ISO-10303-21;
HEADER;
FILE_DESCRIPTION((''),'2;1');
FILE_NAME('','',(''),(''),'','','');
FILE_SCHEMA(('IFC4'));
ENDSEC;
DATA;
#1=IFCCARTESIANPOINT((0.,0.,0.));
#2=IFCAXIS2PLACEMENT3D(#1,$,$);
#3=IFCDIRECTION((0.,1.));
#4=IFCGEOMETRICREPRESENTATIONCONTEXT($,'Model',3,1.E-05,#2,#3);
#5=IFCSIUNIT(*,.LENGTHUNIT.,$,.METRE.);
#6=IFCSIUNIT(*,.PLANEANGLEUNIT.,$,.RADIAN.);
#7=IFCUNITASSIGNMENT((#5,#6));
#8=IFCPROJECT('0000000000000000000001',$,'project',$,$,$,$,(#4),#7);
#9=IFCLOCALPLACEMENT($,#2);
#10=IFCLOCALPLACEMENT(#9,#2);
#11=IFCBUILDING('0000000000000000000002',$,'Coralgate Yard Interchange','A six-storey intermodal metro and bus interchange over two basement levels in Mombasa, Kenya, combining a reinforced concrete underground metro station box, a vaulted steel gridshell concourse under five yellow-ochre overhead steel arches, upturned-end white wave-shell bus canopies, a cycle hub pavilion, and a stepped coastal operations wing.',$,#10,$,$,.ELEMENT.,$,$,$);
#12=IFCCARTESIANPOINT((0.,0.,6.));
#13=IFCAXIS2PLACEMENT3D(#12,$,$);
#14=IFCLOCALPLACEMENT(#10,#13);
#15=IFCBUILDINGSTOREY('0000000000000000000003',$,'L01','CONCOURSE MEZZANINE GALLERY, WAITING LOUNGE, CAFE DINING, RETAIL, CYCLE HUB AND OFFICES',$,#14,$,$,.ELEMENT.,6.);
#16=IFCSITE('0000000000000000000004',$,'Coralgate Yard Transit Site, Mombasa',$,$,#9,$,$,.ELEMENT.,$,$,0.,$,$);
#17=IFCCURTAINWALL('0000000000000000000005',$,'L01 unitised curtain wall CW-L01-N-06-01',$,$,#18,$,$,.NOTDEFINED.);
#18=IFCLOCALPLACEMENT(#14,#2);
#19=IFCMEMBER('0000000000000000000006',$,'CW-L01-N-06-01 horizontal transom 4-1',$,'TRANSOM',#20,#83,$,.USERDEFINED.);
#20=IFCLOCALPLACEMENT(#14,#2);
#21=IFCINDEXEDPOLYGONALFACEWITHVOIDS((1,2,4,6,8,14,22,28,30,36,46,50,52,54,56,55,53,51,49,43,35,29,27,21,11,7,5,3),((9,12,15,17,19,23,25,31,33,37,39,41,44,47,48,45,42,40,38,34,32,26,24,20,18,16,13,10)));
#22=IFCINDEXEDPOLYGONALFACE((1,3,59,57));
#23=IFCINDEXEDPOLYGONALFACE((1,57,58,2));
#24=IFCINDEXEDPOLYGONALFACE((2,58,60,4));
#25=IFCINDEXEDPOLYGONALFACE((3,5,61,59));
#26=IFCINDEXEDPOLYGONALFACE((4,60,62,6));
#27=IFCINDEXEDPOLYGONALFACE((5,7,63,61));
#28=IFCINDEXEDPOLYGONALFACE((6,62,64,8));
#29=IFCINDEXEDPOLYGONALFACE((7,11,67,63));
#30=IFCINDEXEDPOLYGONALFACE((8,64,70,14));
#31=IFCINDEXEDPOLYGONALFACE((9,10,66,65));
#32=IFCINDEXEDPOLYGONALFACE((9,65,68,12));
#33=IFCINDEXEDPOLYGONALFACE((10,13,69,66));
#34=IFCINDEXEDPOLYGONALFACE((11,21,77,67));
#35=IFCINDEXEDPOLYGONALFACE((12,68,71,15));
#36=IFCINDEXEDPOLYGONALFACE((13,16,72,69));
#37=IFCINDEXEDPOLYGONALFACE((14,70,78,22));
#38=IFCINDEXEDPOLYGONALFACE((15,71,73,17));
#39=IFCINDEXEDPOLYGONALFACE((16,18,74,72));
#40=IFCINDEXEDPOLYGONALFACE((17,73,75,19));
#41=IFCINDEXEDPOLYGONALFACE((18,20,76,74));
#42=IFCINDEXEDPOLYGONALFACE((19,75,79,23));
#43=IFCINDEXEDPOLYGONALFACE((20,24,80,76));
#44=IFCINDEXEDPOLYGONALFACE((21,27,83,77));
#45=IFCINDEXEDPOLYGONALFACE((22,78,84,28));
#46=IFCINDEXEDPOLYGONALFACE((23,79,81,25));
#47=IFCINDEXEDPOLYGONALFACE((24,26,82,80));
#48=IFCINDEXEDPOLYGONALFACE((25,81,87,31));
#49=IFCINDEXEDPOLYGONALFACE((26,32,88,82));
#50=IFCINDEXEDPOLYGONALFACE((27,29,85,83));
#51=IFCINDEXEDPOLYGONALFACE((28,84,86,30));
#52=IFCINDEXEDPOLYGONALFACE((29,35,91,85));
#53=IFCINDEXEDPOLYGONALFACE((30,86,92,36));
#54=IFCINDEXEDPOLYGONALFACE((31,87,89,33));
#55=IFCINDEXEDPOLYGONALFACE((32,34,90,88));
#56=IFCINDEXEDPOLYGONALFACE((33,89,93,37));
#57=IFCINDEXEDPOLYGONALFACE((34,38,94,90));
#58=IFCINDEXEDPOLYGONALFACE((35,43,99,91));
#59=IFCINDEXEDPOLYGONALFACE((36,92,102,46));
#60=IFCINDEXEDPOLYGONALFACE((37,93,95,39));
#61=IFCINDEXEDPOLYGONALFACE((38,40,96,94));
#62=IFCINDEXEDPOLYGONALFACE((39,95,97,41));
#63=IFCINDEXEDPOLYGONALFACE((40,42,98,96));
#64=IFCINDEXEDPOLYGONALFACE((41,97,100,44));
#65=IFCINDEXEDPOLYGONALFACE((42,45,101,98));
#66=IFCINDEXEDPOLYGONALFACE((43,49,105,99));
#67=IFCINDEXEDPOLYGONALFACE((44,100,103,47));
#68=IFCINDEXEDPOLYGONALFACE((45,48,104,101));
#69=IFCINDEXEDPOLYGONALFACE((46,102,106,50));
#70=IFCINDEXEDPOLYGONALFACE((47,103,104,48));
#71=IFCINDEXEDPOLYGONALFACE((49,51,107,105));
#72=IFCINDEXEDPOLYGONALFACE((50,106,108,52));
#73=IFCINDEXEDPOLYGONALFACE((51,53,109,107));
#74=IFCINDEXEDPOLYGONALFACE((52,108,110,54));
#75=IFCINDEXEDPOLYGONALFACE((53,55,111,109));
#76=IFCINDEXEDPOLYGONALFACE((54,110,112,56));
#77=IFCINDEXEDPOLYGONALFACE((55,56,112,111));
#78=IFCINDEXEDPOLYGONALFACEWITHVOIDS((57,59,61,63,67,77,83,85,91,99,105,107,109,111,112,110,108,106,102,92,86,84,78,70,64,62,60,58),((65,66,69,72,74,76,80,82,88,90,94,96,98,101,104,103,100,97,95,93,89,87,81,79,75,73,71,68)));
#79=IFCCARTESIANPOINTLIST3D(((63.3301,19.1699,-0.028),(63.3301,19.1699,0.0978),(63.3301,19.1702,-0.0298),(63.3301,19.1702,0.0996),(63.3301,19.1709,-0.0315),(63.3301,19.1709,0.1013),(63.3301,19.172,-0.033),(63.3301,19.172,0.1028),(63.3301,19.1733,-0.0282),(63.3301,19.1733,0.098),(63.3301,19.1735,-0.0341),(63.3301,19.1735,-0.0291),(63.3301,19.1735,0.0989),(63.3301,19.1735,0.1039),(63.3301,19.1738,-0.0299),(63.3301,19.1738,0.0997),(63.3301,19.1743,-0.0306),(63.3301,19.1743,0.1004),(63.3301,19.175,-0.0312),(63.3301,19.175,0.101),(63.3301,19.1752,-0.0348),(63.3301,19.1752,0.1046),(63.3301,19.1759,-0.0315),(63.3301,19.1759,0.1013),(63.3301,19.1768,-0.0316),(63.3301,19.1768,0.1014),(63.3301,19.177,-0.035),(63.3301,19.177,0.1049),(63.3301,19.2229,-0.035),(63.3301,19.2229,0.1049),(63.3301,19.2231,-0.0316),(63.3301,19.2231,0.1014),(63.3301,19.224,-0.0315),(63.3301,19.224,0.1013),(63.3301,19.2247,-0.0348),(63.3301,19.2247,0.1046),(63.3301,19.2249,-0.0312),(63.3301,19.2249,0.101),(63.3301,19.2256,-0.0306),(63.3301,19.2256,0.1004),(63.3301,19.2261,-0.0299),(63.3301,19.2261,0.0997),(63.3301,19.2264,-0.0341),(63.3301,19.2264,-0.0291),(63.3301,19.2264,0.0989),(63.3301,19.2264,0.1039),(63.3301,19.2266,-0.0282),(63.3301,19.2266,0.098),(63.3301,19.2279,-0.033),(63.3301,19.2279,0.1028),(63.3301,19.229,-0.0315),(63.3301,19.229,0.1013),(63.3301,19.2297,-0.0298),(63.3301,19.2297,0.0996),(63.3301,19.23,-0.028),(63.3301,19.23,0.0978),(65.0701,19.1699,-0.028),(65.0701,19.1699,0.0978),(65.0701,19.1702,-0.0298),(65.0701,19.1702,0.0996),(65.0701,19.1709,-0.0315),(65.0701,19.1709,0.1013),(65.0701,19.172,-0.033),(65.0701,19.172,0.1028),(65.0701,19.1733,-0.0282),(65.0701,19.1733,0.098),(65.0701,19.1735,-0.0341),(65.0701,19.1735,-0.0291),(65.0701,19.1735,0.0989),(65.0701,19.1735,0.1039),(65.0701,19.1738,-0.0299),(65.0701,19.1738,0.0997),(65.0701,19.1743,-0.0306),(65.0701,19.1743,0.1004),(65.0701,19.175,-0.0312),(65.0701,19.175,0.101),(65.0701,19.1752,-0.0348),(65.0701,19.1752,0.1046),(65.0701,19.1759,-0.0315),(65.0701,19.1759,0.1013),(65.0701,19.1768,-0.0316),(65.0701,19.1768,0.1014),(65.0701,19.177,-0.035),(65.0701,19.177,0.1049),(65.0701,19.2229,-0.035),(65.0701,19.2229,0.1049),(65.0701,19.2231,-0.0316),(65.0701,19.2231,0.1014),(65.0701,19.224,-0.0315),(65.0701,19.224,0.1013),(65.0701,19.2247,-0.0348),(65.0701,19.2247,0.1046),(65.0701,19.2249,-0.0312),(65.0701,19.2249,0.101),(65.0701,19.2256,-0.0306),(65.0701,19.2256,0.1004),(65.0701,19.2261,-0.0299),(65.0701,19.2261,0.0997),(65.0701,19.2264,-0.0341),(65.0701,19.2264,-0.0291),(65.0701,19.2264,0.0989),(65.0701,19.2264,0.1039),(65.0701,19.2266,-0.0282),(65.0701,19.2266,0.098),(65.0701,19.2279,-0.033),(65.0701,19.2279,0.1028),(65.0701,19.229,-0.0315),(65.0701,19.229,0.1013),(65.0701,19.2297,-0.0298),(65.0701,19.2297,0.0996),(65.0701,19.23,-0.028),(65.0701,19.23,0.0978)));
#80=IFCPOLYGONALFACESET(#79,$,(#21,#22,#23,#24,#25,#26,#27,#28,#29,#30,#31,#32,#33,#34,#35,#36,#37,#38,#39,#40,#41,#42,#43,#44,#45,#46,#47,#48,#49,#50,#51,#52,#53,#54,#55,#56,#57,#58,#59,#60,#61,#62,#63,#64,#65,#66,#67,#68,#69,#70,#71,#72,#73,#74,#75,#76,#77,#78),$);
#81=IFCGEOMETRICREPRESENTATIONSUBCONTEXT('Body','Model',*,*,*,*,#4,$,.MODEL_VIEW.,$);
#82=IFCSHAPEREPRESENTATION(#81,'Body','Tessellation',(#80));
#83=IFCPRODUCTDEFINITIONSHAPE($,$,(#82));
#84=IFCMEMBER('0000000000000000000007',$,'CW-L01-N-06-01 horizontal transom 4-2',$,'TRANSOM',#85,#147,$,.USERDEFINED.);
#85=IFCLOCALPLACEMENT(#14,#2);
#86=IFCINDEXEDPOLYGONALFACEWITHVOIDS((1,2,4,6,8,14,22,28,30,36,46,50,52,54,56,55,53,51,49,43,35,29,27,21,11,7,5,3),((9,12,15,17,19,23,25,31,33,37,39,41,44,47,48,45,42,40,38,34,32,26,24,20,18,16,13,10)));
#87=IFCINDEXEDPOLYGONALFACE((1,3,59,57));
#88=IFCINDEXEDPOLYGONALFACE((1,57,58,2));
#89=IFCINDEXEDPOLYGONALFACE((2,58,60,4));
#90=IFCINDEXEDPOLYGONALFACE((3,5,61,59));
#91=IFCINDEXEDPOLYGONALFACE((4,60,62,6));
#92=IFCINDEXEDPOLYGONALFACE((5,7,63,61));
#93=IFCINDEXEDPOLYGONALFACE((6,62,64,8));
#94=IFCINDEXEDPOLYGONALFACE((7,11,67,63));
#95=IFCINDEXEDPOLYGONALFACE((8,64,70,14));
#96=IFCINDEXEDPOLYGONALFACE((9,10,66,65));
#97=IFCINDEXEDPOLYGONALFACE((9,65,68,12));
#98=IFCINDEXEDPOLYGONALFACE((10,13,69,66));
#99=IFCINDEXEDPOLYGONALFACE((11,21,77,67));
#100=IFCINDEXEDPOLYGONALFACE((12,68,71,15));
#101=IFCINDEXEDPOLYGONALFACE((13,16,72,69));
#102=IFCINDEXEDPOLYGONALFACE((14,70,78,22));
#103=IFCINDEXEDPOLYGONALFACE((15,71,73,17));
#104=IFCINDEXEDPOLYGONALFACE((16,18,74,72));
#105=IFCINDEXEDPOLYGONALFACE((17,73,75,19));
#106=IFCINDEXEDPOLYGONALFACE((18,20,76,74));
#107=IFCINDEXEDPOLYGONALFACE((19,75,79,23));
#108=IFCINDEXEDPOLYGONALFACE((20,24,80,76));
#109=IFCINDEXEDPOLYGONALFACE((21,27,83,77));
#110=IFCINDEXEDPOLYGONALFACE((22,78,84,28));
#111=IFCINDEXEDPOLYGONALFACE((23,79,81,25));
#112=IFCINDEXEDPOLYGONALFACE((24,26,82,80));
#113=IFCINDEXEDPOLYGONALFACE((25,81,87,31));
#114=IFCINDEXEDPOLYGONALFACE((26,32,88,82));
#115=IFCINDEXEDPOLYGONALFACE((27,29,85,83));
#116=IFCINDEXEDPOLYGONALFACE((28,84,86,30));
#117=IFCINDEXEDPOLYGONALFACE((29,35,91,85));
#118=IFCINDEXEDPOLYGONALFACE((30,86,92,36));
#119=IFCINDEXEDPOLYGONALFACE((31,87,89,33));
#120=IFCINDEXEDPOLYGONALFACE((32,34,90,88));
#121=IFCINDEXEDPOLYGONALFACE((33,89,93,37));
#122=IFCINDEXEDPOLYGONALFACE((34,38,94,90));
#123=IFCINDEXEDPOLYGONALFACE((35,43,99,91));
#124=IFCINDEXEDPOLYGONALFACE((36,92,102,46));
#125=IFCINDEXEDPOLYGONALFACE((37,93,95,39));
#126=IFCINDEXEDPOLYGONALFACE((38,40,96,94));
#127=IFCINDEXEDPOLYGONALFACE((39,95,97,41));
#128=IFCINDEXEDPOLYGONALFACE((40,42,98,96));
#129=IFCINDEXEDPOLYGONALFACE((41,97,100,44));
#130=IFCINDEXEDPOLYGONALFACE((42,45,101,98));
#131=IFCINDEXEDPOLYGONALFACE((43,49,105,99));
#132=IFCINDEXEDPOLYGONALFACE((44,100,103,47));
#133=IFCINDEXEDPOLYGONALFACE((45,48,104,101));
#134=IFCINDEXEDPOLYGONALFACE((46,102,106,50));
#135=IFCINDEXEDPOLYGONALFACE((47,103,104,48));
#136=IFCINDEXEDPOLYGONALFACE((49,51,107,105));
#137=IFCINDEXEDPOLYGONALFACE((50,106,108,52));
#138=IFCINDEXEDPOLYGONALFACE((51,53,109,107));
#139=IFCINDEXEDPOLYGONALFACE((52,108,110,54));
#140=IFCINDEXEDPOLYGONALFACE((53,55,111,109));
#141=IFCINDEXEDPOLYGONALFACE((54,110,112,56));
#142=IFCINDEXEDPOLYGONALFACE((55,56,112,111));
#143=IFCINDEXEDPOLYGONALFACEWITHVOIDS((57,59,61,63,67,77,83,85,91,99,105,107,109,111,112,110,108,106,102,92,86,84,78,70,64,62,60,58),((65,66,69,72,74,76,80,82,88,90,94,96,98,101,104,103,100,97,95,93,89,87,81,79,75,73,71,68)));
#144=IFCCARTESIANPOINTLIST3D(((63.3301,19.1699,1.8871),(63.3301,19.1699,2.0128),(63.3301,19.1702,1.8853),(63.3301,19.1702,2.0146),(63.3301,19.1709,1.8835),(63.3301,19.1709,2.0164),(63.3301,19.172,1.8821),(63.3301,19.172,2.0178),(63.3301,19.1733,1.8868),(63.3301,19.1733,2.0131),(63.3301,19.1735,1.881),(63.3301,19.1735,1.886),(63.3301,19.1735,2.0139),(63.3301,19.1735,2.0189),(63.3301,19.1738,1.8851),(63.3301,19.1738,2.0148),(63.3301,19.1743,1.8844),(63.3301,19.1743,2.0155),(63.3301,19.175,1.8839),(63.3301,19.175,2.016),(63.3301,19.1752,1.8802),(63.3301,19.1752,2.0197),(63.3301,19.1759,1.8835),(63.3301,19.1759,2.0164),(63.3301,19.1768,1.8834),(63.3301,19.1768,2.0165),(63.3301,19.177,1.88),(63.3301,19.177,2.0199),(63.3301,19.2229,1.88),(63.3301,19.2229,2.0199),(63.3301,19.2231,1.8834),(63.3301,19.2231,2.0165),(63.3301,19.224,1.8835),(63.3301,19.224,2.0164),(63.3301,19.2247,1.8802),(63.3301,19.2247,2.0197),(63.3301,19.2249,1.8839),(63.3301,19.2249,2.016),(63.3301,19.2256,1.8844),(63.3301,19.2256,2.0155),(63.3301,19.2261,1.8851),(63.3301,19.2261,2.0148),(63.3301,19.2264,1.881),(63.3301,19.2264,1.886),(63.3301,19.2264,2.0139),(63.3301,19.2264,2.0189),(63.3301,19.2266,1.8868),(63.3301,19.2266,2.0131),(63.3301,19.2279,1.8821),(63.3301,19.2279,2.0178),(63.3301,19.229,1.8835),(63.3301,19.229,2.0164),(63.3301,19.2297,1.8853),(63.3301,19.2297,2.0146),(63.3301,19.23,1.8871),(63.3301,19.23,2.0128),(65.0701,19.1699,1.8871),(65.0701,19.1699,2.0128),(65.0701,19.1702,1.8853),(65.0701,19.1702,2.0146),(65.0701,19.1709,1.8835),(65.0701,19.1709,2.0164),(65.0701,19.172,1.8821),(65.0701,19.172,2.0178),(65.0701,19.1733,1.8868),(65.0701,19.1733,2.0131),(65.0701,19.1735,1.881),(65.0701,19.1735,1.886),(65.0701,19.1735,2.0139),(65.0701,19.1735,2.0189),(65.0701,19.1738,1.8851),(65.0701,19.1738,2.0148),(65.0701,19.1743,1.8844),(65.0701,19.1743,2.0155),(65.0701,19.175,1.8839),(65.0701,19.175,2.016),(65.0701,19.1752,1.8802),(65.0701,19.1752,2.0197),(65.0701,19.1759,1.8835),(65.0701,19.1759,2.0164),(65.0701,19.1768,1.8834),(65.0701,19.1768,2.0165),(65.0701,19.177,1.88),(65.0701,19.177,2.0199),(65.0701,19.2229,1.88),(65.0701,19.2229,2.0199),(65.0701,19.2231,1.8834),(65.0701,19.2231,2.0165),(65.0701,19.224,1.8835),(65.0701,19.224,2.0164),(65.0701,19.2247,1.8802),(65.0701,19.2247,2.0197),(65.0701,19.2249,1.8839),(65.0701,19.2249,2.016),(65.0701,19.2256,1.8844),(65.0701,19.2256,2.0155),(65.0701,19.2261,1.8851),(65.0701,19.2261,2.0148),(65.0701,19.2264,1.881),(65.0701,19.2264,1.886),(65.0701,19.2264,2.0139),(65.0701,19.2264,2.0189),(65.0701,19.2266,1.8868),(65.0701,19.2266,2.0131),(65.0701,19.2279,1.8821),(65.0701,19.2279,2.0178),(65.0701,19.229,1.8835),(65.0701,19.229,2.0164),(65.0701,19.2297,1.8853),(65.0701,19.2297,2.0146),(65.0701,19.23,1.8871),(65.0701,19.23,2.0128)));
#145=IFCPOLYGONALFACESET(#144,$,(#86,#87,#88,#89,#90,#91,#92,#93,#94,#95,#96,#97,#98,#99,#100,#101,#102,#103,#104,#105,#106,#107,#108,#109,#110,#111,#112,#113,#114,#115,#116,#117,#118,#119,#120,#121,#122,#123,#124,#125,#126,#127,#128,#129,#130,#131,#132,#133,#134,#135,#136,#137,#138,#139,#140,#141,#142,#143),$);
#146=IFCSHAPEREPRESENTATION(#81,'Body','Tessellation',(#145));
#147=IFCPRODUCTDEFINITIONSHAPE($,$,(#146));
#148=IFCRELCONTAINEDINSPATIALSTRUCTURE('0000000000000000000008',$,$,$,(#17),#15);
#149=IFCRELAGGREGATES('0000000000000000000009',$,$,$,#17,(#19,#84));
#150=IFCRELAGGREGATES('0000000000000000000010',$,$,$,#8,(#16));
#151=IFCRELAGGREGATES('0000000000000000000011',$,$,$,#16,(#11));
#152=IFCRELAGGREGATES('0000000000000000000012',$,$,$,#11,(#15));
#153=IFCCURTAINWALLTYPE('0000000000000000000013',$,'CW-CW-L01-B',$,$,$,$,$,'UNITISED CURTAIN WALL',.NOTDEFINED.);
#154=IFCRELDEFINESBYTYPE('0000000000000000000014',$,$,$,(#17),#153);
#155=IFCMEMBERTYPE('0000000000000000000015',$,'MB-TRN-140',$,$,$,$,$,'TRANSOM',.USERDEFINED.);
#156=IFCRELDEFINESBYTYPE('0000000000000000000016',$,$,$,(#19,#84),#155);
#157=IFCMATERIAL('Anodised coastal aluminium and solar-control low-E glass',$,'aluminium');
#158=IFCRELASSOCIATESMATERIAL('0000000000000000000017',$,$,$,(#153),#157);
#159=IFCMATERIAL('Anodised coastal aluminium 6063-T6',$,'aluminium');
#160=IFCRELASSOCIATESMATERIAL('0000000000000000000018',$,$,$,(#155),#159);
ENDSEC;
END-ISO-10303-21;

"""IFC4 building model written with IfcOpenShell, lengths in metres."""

from ifc_helpers import new_model, si_unit, direction, frame, origin, origin_2d, place, context, subcontext, project, spatial, hollow_rectangle, extrude, material, material_profile, profile_set, type_object, element, aggregate, save


model = new_model("IFC4")

# Units and contexts
model_context = context("Model", 3, precision=1e-05, world=origin(), true_north=direction((0.0, 1.0)))
body_context = subcontext(model_context, "Body", "Model", "MODEL_VIEW")
ifc_project = project(units=[si_unit("LENGTHUNIT", "METRE"), si_unit("PLANEANGLEUNIT", "RADIAN")], contexts=[model_context])

# Site, building, storey
site_placement = place(None, origin())
site = spatial("IfcSite", under=ifc_project, at=site_placement, Name="Coralgate Yard Transit Site, Mombasa", CompositionType="ELEMENT", RefElevation=0.0)
building_placement = place(site_placement, origin())
building = spatial("IfcBuilding", under=site, at=building_placement, Name="Coralgate Yard Interchange", Description="A six-storey intermodal metro and bus interchange over two basement levels in Mombasa, Kenya, combining a reinforced concrete underground metro station box, a vaulted steel gridshell concourse under five yellow-ochre overhead steel arches, upturned-end white wave-shell bus canopies, a cycle hub pavilion, and a stepped coastal operations wing.", CompositionType="ELEMENT")
storey_placement = place(building_placement, frame((0.0, 0.0, 6.0)))
storey = spatial("IfcBuildingStorey", under=building, at=storey_placement, Name="L01", Description="CONCOURSE MEZZANINE GALLERY, WAITING LOUNGE, CAFE DINING, RETAIL, CYCLE HUB AND OFFICES", CompositionType="ELEMENT", Elevation=6.0)

# Curtain wall, members
ifc_material_1 = material(Name="Anodised coastal aluminium and solar-control low-E glass", Category="aluminium")
curtain_wall_type = type_object("IfcCurtainWallType", Name="CW-CW-L01-B", ElementType="UNITISED CURTAIN WALL", PredefinedType="NOTDEFINED", material=ifc_material_1)
curtain_wall_placement = place(storey_placement, origin())
curtain_wall = element("IfcCurtainWall", 1, at=curtain_wall_placement, inside=storey, type_object=curtain_wall_type, Name="L01 unitised curtain wall CW-L01-N-06-01", PredefinedType="NOTDEFINED")
ifc_material_2 = material(Name="Anodised coastal aluminium 6063-T6", Category="aluminium")
ifc_material_profile_1 = material_profile(ifc_material_2, hollow_rectangle(XDim=0.0601, YDim=0.1399, WallThickness=0.0034, InnerFilletRadius=0.0034, OuterFilletRadius=0.0071, at=origin_2d()), Name="ALU 60x140x3.5")
ifc_profile_set_1 = profile_set([ifc_material_profile_1], Name="Anodised coastal aluminium 6063-T6")
member_type_1 = type_object("IfcMemberType", Name="MB-TRN-140", ElementType="TRANSOM", PredefinedType="USERDEFINED", material=ifc_profile_set_1)
member_1_placement = place(storey_placement, frame((63.3301, 19.2, 0.0349), z_axis=(1.0, 0.0, 0.0), x_axis=(0.0, 1.0, 0.0)))
member_1 = element("IfcMember", 2, at=member_1_placement, type_object=member_type_1, Name="CW-L01-N-06-01 horizontal transom 4-1", ObjectType="TRANSOM", PredefinedType="USERDEFINED", context=body_context, shape_type="SweptSolid", body=[
    extrude(hollow_rectangle(XDim=0.0601, YDim=0.1399, WallThickness=0.0034, InnerFilletRadius=0.0034, OuterFilletRadius=0.0071, at=origin_2d()), origin(), (0.0, 0.0, 1.0), 1.74),
])
member_2_placement = place(storey_placement, frame((63.3301, 19.2, 1.95), z_axis=(1.0, 0.0, 0.0), x_axis=(0.0, 1.0, 0.0)))
member_2 = element("IfcMember", 3, at=member_2_placement, type_object=member_type_1, Name="CW-L01-N-06-01 horizontal transom 4-2", ObjectType="TRANSOM", PredefinedType="USERDEFINED", context=body_context, shape_type="SweptSolid", body=[
    extrude(hollow_rectangle(XDim=0.0601, YDim=0.1399, WallThickness=0.0034, InnerFilletRadius=0.0034, OuterFilletRadius=0.0071, at=origin_2d()), origin(), (0.0, 0.0, 1.0), 1.74),
])
aggregate(curtain_wall, [member_1, member_2])

save(model, "model.ifc")
